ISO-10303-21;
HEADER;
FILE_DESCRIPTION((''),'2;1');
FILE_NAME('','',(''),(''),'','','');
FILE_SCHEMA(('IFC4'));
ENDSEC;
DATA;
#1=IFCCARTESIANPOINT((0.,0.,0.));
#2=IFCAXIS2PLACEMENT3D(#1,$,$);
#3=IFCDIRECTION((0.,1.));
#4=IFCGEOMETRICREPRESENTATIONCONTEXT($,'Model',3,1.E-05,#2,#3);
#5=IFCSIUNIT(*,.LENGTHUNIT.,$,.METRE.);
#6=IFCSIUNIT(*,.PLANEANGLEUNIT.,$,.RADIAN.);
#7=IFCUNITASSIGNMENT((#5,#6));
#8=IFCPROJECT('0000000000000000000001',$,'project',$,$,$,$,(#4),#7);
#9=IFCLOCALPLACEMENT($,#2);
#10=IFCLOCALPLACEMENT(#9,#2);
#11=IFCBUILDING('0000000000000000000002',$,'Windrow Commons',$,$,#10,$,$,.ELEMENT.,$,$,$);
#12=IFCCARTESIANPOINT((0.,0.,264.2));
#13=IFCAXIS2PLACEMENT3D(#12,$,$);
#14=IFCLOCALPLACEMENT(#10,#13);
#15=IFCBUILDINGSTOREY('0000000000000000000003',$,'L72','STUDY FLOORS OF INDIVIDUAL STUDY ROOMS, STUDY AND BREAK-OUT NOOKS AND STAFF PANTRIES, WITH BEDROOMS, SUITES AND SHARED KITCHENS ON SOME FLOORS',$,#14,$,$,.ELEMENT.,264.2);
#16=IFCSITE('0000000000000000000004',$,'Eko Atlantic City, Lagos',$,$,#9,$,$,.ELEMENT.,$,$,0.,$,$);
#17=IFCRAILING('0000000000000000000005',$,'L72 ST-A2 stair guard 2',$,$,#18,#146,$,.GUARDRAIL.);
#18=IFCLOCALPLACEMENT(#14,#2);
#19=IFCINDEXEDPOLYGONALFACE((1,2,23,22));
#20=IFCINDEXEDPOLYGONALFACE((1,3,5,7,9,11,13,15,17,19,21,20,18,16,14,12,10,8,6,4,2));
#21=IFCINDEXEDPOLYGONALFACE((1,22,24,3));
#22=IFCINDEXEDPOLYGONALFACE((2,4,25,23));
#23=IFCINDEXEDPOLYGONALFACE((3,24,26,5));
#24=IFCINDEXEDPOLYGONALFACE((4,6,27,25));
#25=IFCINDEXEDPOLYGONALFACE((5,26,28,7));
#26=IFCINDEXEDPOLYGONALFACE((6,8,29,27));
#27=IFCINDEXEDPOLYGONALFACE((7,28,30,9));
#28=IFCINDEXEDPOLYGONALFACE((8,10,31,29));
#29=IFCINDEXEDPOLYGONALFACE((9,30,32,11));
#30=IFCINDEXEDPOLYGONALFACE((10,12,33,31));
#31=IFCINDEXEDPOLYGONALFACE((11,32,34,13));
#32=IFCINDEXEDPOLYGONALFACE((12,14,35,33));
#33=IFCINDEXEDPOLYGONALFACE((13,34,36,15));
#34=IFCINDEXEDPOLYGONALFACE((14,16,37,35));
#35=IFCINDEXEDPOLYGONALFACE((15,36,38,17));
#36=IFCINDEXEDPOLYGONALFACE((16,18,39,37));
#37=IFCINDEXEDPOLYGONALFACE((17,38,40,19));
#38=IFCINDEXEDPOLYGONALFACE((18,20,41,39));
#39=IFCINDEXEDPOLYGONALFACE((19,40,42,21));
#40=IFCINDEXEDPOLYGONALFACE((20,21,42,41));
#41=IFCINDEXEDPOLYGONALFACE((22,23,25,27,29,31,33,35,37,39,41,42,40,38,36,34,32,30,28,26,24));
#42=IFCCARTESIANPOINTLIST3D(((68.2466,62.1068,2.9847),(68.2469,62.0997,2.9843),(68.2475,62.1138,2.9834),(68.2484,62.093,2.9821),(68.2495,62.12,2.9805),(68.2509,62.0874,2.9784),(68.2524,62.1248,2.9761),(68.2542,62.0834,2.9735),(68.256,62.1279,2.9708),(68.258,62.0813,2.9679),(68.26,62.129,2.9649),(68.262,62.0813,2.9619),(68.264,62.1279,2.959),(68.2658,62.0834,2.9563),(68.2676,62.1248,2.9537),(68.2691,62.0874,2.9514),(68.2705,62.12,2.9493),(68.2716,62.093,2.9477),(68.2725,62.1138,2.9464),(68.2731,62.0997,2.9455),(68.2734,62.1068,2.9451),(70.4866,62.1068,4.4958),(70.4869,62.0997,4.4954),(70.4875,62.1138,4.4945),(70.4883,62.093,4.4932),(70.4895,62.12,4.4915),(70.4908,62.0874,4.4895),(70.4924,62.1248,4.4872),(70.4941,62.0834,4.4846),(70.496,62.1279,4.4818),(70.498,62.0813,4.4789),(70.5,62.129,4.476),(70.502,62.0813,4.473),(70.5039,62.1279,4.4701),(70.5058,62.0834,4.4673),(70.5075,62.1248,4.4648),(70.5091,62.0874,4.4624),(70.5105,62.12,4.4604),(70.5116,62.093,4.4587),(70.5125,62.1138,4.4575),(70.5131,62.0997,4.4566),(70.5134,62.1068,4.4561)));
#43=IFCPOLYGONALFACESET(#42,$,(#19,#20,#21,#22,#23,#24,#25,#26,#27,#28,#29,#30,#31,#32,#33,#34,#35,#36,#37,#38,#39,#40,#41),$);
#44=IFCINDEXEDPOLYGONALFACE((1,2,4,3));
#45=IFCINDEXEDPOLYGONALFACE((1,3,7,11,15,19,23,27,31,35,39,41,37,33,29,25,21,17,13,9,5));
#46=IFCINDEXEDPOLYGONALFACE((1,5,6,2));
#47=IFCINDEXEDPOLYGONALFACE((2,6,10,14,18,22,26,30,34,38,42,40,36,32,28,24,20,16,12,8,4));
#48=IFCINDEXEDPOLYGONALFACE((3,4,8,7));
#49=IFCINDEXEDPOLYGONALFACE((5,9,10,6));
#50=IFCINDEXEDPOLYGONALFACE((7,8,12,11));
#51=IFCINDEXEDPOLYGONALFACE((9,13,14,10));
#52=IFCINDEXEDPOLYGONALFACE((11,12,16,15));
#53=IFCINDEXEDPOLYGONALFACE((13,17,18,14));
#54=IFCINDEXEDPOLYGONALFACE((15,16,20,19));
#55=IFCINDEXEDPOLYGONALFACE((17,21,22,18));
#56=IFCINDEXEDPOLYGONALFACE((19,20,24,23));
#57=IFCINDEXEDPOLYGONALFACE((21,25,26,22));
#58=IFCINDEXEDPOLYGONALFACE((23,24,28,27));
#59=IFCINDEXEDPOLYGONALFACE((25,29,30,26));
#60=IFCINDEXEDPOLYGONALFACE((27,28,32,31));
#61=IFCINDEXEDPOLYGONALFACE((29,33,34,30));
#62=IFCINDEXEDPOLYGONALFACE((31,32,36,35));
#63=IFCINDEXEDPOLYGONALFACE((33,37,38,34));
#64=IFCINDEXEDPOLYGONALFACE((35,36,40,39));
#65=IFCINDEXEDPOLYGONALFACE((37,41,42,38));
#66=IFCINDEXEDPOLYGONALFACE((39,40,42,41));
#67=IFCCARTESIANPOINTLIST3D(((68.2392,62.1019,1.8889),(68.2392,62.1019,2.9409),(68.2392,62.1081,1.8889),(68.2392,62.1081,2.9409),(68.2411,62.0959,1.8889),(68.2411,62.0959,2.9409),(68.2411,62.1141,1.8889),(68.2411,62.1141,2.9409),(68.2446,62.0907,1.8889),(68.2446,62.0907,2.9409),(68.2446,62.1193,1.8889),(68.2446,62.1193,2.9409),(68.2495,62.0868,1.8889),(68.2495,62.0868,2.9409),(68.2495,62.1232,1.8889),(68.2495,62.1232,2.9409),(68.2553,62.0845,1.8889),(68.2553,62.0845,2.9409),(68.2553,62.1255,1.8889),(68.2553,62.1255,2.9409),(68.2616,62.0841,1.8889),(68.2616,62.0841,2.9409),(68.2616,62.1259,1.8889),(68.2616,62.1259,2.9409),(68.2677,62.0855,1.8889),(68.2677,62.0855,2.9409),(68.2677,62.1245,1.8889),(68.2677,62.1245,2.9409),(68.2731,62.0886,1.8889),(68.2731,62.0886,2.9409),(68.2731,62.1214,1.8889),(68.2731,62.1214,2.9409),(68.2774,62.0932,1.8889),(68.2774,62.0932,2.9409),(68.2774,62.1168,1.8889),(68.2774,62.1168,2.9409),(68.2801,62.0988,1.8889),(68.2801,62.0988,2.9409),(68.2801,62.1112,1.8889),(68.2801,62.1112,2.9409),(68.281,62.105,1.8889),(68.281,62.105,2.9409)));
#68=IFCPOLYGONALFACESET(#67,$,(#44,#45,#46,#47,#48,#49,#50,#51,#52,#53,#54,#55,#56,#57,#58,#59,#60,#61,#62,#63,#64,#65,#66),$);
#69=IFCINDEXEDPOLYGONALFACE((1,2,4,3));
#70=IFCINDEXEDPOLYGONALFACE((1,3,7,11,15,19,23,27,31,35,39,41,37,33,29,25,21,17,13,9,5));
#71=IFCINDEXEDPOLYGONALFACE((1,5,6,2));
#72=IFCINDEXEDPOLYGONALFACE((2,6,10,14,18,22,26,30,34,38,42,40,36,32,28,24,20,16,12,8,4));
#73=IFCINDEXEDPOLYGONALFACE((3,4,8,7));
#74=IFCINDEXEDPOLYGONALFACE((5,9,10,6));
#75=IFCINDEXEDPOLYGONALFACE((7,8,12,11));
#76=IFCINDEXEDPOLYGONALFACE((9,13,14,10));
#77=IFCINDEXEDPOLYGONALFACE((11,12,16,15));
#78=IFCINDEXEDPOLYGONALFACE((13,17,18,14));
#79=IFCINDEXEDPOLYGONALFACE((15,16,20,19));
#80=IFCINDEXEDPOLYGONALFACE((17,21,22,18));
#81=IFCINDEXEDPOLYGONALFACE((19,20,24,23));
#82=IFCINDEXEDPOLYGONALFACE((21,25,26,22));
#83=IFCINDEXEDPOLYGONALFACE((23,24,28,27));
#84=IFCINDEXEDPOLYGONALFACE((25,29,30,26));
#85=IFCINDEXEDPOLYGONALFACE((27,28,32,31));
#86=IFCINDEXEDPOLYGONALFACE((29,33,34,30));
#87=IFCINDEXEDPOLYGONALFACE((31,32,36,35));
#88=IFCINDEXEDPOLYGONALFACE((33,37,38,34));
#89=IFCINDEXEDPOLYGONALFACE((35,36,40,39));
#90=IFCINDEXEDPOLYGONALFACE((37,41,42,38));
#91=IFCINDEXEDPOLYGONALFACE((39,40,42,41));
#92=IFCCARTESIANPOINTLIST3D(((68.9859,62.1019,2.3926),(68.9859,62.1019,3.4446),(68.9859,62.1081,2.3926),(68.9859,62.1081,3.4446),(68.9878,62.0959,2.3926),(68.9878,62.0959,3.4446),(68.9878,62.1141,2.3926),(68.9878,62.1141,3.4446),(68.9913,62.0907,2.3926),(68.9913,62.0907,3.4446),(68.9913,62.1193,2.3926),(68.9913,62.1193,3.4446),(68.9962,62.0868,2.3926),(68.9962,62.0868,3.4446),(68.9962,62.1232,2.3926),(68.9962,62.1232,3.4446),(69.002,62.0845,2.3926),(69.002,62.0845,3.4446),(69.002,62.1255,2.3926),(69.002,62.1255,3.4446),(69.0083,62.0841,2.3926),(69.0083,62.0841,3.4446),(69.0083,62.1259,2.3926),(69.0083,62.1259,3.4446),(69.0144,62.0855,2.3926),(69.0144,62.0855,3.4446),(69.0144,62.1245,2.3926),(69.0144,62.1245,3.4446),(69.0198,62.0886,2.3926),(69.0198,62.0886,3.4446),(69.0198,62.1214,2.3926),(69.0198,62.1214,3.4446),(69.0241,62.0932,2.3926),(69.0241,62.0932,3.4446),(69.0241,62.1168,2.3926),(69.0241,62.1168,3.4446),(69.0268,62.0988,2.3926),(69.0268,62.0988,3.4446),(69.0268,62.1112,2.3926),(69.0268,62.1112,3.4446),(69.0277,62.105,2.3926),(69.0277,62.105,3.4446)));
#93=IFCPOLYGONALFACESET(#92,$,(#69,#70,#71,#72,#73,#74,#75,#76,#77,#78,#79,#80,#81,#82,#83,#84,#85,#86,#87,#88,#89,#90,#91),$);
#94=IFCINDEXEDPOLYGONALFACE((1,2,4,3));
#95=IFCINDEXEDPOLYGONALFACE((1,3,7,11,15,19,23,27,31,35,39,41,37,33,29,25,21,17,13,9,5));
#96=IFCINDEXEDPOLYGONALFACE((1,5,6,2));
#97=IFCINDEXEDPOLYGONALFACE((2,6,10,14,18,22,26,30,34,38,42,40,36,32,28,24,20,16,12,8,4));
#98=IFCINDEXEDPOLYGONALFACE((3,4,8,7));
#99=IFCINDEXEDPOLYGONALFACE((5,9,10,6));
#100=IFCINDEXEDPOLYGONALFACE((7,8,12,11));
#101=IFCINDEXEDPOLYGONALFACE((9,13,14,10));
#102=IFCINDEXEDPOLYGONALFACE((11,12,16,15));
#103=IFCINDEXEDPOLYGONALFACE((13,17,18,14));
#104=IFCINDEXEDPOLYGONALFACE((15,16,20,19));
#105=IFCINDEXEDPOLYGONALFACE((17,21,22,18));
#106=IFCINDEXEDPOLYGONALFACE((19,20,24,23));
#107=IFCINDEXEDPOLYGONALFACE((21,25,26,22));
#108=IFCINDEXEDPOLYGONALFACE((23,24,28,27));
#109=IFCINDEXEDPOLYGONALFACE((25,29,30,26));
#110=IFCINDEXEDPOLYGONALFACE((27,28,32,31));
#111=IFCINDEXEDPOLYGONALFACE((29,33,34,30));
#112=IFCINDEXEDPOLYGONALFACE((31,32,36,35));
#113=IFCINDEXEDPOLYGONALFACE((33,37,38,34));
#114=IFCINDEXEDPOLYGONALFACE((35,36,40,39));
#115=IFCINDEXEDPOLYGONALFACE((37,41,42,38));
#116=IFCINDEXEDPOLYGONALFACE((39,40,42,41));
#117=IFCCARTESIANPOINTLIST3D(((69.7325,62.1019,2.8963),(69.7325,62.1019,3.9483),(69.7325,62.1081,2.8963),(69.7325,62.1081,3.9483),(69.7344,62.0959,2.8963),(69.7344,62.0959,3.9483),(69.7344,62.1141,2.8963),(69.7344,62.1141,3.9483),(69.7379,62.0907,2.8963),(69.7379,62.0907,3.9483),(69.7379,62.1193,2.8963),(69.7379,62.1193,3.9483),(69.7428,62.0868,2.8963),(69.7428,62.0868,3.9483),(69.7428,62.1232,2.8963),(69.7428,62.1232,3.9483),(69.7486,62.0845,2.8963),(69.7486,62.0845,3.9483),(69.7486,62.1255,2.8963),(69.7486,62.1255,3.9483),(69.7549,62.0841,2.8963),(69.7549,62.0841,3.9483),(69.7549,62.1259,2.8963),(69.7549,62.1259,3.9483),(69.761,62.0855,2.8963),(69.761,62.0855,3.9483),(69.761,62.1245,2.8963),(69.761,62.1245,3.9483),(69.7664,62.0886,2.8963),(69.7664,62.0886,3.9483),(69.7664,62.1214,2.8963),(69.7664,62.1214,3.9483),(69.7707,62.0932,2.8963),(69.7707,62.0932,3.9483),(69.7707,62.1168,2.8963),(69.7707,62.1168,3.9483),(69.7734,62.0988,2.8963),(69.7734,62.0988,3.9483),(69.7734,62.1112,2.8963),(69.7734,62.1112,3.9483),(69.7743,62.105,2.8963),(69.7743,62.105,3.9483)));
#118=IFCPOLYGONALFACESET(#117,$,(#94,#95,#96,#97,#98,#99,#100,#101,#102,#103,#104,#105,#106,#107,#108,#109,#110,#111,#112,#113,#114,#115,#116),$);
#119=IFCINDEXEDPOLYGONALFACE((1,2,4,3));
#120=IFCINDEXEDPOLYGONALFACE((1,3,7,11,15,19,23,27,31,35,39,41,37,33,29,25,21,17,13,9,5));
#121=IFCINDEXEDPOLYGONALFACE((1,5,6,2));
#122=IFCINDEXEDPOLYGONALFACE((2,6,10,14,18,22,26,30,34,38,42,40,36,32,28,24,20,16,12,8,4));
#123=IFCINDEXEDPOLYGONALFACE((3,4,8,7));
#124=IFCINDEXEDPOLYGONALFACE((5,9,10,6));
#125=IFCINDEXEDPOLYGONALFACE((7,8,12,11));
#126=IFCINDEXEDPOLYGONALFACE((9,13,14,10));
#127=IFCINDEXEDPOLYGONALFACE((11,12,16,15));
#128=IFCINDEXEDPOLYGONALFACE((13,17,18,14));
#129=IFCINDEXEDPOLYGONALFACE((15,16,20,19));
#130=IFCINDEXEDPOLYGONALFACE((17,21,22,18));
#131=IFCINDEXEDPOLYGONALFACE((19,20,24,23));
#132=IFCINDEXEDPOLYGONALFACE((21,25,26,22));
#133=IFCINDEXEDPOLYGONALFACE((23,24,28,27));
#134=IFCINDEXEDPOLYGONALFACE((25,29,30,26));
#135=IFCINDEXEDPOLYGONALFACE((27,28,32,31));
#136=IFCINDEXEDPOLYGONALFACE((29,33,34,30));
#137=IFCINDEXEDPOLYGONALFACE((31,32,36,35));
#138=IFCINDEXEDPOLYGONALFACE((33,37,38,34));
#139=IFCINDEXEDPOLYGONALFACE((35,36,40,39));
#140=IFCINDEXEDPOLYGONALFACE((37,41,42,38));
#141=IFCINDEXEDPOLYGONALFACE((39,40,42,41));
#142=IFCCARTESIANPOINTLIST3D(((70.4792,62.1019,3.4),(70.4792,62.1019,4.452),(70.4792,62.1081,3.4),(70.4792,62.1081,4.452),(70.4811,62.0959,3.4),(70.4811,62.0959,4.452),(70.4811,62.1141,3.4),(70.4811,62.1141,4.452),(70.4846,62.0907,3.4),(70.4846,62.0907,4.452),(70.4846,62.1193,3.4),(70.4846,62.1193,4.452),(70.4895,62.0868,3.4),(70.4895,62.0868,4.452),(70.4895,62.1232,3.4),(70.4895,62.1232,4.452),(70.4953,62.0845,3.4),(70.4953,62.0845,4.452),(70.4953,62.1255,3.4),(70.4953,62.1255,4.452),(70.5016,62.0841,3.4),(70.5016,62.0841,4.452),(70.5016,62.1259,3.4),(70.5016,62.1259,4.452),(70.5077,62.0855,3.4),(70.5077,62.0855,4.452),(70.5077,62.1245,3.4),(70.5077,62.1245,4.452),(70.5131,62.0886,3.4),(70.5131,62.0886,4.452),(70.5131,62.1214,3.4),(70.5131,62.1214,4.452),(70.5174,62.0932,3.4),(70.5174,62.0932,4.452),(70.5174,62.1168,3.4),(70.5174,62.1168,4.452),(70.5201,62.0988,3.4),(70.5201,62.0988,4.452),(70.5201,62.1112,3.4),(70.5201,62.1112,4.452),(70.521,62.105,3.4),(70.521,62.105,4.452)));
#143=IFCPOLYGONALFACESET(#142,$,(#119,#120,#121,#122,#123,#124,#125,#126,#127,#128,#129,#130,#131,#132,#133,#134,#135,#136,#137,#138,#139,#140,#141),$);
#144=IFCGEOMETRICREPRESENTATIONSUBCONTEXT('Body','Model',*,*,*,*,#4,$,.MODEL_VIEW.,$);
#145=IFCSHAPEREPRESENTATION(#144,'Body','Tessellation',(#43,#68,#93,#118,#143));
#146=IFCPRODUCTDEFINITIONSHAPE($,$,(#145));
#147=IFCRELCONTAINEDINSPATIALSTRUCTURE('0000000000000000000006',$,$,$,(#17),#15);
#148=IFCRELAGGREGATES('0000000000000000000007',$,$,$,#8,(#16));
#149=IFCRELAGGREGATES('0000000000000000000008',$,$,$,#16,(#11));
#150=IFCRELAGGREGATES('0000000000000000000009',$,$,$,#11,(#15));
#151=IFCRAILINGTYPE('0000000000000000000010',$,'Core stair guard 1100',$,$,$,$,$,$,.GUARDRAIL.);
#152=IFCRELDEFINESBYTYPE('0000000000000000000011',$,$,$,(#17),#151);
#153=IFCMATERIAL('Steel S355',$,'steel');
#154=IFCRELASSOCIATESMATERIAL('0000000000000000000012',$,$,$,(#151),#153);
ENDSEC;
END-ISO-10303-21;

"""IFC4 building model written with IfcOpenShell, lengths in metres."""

from ifc_helpers import new_model, si_unit, direction, frame, origin, origin_2d, place, context, subcontext, project, spatial, circle, extrude, material, type_object, element, save


model = new_model("IFC4")

# Units and contexts
model_context = context("Model", 3, precision=1e-05, world=origin(), true_north=direction((0.0, 1.0)))
body_context = subcontext(model_context, "Body", "Model", "MODEL_VIEW")
ifc_project = project(units=[si_unit("LENGTHUNIT", "METRE"), si_unit("PLANEANGLEUNIT", "RADIAN")], contexts=[model_context])

# Site, building, storey
site_placement = place(None, origin())
site = spatial("IfcSite", under=ifc_project, at=site_placement, Name="Eko Atlantic City, Lagos", CompositionType="ELEMENT", RefElevation=0.0)
building_placement = place(site_placement, origin())
building = spatial("IfcBuilding", under=site, at=building_placement, Name="Windrow Commons", CompositionType="ELEMENT")
storey_placement = place(building_placement, frame((0.0, 0.0, 264.2)))
storey = spatial("IfcBuildingStorey", under=building, at=storey_placement, Name="L72", Description="STUDY FLOORS OF INDIVIDUAL STUDY ROOMS, STUDY AND BREAK-OUT NOOKS AND STAFF PANTRIES, WITH BEDROOMS, SUITES AND SHARED KITCHENS ON SOME FLOORS", CompositionType="ELEMENT", Elevation=264.2)

# Railing
ifc_material_1 = material(Name="Steel S355", Category="steel")
railing_type_1 = type_object("IfcRailingType", Name="Core stair guard 1100", PredefinedType="GUARDRAIL", material=ifc_material_1)
railing_1_placement = place(storey_placement, frame((68.26, 62.105, 1.8889)))
element("IfcRailing", 1, at=railing_1_placement, inside=storey, type_object=railing_type_1, Name="L72 ST-A2 stair guard 2", PredefinedType="GUARDRAIL", context=body_context, shape_type="SweptSolid", body=[
    extrude(circle(Radius=0.024, at=origin_2d()), frame((0.0, 0.0, 1.076), z_axis=(0.829003, 0.0, 0.559244), x_axis=(0.0, 1.0, 0.0)), (0.0, 0.0, 1.0), 2.702),
    extrude(circle(Radius=0.021, at=origin_2d()), origin(), (0.0, 0.0, 1.0), 1.052),
    extrude(circle(Radius=0.021, at=origin_2d()), frame((0.7467, 0.0, 0.5037)), (0.0, 0.0, 1.0), 1.052),
    extrude(circle(Radius=0.021, at=origin_2d()), frame((1.4933, 0.0, 1.0074)), (0.0, 0.0, 1.0), 1.052),
    extrude(circle(Radius=0.021, at=origin_2d()), frame((2.24, 0.0, 1.5111)), (0.0, 0.0, 1.0), 1.052),
])

save(model, "model.ifc")
